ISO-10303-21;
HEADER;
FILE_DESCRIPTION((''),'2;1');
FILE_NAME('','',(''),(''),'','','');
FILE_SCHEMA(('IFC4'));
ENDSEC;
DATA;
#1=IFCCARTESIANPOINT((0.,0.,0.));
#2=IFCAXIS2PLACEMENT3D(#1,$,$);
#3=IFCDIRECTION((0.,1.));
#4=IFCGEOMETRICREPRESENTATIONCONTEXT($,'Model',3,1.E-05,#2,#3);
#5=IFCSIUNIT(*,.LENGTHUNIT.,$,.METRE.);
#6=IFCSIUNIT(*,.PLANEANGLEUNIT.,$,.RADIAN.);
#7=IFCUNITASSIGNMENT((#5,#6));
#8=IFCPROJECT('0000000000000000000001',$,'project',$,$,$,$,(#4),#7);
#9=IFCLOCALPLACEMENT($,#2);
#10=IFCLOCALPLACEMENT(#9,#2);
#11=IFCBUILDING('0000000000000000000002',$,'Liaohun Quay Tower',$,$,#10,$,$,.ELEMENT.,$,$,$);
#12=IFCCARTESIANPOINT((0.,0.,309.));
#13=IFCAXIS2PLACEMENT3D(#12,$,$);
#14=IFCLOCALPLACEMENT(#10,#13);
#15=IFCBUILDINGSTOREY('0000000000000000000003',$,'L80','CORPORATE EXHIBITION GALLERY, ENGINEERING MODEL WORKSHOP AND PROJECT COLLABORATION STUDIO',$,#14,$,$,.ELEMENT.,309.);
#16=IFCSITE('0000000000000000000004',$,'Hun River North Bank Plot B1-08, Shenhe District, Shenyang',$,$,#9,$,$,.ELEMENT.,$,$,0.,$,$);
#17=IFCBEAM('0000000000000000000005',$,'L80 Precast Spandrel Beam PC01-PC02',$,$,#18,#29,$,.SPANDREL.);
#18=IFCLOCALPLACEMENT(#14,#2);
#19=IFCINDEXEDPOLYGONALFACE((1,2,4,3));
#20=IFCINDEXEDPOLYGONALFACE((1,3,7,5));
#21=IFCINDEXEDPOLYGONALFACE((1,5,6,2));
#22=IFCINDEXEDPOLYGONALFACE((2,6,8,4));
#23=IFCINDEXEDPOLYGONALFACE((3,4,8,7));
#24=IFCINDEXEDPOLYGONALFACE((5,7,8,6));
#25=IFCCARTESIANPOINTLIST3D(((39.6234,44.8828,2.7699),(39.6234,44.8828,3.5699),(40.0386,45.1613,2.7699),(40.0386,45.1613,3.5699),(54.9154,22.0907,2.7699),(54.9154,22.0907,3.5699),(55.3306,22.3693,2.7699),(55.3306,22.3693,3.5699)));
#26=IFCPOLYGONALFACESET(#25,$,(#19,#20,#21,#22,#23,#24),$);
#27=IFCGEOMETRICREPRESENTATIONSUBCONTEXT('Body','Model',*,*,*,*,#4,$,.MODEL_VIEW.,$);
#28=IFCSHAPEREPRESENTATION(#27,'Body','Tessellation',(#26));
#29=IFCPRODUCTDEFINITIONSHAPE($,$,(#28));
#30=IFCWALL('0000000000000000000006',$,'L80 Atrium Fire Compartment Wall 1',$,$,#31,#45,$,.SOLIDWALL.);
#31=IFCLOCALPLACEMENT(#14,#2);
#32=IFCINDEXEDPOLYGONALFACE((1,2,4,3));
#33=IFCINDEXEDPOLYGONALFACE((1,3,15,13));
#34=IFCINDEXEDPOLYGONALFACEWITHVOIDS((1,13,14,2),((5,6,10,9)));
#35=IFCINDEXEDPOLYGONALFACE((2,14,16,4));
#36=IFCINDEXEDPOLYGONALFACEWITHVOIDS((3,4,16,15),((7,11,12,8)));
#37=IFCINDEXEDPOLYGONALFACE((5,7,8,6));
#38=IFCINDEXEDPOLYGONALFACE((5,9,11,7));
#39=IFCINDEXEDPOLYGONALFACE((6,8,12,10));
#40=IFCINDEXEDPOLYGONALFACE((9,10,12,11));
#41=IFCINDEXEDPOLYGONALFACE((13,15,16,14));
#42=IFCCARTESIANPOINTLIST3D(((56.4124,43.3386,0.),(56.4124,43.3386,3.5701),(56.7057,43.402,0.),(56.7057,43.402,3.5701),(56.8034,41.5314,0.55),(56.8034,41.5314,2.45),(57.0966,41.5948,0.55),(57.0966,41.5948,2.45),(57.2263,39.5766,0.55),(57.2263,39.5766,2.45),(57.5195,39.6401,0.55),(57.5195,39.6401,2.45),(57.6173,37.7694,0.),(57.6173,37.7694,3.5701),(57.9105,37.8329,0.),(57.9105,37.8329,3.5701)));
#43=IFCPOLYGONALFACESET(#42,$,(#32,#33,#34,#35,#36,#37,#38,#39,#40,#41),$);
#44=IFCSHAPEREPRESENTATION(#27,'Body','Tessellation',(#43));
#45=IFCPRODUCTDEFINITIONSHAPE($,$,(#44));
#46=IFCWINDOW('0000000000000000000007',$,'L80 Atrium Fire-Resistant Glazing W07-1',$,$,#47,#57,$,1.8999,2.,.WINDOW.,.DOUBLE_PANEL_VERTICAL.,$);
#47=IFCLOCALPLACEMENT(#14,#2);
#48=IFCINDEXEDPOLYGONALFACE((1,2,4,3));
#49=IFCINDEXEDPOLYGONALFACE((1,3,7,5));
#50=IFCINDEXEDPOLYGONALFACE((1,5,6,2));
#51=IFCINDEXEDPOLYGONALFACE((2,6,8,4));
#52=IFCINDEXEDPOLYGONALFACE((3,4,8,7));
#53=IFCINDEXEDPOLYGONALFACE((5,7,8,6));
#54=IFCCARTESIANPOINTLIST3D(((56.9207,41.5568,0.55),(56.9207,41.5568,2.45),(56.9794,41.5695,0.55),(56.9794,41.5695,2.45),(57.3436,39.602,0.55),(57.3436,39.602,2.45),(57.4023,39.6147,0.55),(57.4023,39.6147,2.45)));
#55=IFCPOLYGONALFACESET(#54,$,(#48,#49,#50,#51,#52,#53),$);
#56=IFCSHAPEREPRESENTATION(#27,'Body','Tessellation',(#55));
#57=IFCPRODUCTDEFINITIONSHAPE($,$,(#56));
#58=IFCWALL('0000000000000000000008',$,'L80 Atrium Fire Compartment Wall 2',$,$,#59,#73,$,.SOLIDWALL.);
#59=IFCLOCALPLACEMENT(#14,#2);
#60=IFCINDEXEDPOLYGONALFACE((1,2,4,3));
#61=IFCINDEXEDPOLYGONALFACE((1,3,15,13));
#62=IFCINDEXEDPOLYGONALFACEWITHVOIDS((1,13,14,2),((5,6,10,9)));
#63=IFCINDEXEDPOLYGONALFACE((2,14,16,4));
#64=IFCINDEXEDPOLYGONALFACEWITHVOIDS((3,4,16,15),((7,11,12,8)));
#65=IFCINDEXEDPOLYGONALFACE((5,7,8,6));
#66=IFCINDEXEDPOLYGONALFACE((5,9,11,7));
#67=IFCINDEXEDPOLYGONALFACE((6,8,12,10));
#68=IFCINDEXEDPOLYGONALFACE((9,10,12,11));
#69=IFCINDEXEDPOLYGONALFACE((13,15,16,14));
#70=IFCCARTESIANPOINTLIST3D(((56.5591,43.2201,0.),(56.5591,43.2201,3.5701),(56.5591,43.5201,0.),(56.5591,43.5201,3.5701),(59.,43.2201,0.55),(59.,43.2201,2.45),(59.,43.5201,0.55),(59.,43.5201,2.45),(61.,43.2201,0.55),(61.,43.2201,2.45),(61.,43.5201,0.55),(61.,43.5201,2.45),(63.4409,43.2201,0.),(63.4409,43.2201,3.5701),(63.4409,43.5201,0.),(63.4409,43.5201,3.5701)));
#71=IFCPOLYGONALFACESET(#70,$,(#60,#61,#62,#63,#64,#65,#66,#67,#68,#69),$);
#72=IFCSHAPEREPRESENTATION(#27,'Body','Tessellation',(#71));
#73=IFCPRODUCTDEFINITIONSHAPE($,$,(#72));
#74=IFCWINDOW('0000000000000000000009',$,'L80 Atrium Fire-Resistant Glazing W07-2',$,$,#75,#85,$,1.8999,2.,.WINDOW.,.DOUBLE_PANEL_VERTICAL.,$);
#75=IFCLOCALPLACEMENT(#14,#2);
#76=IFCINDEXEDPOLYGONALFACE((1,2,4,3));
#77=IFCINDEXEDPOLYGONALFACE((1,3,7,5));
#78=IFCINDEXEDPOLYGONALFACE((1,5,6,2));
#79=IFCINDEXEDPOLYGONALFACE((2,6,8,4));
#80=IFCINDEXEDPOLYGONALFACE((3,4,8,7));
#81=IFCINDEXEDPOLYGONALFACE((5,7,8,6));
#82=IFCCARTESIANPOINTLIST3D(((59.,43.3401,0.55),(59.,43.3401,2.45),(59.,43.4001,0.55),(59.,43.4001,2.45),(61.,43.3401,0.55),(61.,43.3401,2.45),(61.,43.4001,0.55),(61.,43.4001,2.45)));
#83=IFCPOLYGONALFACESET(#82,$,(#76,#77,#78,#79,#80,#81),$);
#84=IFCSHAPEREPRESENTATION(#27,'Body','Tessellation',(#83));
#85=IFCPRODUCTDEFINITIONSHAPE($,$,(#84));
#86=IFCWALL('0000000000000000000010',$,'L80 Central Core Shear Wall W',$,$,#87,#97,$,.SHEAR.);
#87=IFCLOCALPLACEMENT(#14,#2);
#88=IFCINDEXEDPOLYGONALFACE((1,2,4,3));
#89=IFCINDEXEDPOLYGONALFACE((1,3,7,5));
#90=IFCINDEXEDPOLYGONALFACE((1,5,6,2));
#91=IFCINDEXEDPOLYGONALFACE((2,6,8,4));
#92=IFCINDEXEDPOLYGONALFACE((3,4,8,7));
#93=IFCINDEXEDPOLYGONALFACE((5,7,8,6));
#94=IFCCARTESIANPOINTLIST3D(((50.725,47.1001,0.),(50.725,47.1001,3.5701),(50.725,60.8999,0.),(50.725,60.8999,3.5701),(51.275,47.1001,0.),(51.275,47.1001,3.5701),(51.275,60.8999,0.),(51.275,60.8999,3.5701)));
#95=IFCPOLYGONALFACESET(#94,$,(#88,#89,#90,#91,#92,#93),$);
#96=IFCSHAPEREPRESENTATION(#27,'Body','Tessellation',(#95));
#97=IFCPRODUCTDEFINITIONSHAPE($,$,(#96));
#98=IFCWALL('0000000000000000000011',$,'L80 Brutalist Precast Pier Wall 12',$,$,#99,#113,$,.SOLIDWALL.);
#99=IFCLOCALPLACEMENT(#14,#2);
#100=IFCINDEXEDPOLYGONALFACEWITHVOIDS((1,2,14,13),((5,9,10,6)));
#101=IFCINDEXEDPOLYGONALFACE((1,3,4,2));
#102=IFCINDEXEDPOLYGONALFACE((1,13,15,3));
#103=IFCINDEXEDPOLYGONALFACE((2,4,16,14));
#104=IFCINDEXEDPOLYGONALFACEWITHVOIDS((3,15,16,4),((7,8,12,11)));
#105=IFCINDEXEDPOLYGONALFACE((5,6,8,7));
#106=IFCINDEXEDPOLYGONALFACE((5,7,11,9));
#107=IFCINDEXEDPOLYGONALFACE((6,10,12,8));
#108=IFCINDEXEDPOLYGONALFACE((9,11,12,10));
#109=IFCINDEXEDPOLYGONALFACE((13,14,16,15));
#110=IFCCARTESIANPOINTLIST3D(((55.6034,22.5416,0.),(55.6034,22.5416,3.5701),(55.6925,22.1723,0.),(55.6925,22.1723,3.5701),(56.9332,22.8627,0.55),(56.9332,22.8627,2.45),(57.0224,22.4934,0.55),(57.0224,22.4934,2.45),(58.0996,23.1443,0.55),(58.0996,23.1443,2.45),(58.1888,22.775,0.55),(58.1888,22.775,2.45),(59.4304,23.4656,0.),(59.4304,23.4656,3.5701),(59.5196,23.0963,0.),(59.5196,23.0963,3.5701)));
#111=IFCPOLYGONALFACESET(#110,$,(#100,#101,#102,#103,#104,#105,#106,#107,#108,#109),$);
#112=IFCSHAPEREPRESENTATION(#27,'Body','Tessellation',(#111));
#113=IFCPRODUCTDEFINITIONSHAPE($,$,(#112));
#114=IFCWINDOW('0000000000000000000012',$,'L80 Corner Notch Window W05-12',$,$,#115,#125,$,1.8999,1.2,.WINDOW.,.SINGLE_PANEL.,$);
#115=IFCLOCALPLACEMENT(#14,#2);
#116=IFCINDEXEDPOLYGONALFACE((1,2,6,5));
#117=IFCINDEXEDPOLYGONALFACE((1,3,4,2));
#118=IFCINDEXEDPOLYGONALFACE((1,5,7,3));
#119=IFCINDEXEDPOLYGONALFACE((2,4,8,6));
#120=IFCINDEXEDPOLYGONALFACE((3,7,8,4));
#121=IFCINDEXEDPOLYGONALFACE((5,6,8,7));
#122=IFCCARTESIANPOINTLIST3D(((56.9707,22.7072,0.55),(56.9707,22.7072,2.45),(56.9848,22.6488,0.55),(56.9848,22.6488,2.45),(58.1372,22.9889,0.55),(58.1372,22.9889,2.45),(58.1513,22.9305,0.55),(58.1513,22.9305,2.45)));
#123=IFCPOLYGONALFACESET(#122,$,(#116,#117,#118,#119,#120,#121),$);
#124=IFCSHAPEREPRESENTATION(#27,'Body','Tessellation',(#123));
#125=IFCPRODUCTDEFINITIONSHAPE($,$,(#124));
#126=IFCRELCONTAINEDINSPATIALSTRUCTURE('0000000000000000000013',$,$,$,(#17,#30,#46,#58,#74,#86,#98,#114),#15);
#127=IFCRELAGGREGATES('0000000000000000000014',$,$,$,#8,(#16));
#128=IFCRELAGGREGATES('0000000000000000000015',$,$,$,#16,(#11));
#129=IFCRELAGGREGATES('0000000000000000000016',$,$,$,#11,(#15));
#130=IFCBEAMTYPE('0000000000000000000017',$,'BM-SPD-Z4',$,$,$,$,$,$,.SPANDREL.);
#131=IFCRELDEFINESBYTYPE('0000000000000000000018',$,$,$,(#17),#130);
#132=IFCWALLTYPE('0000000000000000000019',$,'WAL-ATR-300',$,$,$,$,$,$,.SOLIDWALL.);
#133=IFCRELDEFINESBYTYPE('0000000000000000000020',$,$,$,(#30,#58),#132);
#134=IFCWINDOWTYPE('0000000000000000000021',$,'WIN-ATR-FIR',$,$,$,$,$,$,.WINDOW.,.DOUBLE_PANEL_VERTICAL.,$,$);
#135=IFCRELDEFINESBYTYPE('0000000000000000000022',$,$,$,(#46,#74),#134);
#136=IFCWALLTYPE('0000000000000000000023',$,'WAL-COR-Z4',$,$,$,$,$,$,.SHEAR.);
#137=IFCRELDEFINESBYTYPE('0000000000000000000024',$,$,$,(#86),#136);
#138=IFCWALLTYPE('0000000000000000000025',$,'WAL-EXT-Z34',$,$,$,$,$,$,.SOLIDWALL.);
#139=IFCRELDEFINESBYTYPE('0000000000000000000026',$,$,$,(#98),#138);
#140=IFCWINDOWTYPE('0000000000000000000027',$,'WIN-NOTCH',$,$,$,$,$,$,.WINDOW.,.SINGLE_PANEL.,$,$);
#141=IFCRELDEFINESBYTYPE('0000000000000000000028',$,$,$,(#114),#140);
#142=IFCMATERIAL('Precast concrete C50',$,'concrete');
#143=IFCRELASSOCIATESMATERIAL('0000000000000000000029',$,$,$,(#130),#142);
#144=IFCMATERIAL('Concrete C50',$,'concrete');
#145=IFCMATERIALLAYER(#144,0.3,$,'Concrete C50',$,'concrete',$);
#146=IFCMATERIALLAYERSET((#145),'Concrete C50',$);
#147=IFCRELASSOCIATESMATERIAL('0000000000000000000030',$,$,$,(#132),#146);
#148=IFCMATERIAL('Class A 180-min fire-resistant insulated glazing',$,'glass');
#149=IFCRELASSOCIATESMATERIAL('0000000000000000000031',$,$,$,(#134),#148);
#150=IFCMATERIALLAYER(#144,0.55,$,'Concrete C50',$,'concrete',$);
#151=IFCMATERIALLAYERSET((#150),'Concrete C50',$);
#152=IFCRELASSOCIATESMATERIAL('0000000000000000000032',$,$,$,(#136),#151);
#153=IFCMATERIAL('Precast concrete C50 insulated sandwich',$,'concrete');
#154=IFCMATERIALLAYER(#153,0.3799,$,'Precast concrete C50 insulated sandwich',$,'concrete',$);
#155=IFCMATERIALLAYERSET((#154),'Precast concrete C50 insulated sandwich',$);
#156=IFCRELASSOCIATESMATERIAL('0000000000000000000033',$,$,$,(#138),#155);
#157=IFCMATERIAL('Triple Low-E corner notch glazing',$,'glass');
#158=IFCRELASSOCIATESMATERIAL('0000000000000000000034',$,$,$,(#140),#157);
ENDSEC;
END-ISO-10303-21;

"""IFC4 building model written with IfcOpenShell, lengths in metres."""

from ifc_helpers import new_model, si_unit, direction, frame, frame_2d, origin, origin_2d, place, context, subcontext, project, spatial, rectangle, extrude, source, transform, mapped, material, layer, layer_set, material_profile, profile_set, type_object, element, fill, save


model = new_model("IFC4")

# Units and contexts
model_context = context("Model", 3, precision=1e-05, world=origin(), true_north=direction((0.0, 1.0)))
body_context = subcontext(model_context, "Body", "Model", "MODEL_VIEW")
ifc_project = project(units=[si_unit("LENGTHUNIT", "METRE"), si_unit("PLANEANGLEUNIT", "RADIAN")], contexts=[model_context])

# Site, building, storey
site_placement = place(None, origin())
site = spatial("IfcSite", under=ifc_project, at=site_placement, Name="Hun River North Bank Plot B1-08, Shenhe District, Shenyang", CompositionType="ELEMENT", RefElevation=0.0)
building_placement = place(site_placement, origin())
building = spatial("IfcBuilding", under=site, at=building_placement, Name="Liaohun Quay Tower", CompositionType="ELEMENT")
storey_placement = place(building_placement, frame((0.0, 0.0, 309.0)))
storey = spatial("IfcBuildingStorey", under=building, at=storey_placement, Name="L80", Description="CORPORATE EXHIBITION GALLERY, ENGINEERING MODEL WORKSHOP AND PROJECT COLLABORATION STUDIO", CompositionType="ELEMENT", Elevation=309.0)

# Shared definitions
ifc_material_1 = material(Name="Concrete C50", Category="concrete")

# Beam
ifc_material_2 = material(Name="Precast concrete C50", Category="concrete")
ifc_material_profile_1 = material_profile(ifc_material_2, rectangle(XDim=0.5, YDim=0.8, at=origin_2d()), Name="RC500x800")
ifc_profile_set_1 = profile_set([ifc_material_profile_1], Name="Precast concrete C50")
beam_type_1 = type_object("IfcBeamType", Name="BM-SPD-Z4", PredefinedType="SPANDREL", material=ifc_profile_set_1)
shared_shape_1 = source(origin(), body_context, "Body", "SweptSolid", [
    extrude(rectangle(XDim=0.5, YDim=0.8, at=origin_2d()), origin(), (0.0, 0.0, 1.0), 27.4468),
])
beam_1_placement = place(storey_placement, frame((55.123, 22.23, 3.1699), z_axis=(-0.557153, 0.83041, 0.0), x_axis=(-0.83041, -0.557153, 0.0)))
element("IfcBeam", 1, at=beam_1_placement, inside=storey, type_object=beam_type_1, Name="L80 Precast Spandrel Beam PC01-PC02", PredefinedType="SPANDREL", context=body_context, shape_type="MappedRepresentation", body=[
    mapped(shared_shape_1, transform((0.0, 0.0, 0.0), x_axis=(1.0, 0.0, 0.0), y_axis=(0.0, 1.0, 0.0), z_axis=(0.0, 0.0, 1.0), scale=1.0)),
])

# Walls, openings, windows
ifc_layer_1 = layer(ifc_material_1, 0.3, Name="Concrete C50", Category="concrete")
ifc_layer_set_1 = layer_set([ifc_layer_1], Name="Concrete C50")
wall_type_1 = type_object("IfcWallType", Name="WAL-ATR-300", PredefinedType="SOLIDWALL", material=ifc_layer_set_1)
wall_1_placement = place(storey_placement, frame((57.7639, 37.801, 0.0), z_axis=(0.0, 0.0, 1.0), x_axis=(-0.211451, 0.977389, 0.0)))
wall_1 = element("IfcWall", 2, at=wall_1_placement, inside=storey, type_object=wall_type_1, Name="L80 Atrium Fire Compartment Wall 1", PredefinedType="SOLIDWALL", context=body_context, shape_type="SweptSolid", body=[
    extrude(rectangle(XDim=5.698, YDim=0.3, at=frame_2d((2.8491, 0.0))), origin(), (0.0, 0.0, 1.0), 3.5701),
])
shared_shape_2 = source(origin(), body_context, "Body", "SweptSolid", [
    extrude(rectangle(XDim=2.0, YDim=1.8999, at=frame_2d((1.0, 0.95))), frame((0.0, 0.1599, 0.0), z_axis=(0.0, -1.0, 0.0), x_axis=(1.0, 0.0, 0.0)), (0.0, 0.0, 1.0), 0.3201),
])
opening_1_placement = place(wall_1_placement, frame((1.8491, 0.0, 0.55)))
opening_1 = element("IfcOpeningElement", 3, at=opening_1_placement, cuts=wall_1, PredefinedType="OPENING", context=body_context, shape_type="MappedRepresentation", body=[
    mapped(shared_shape_2, transform((0.0, 0.0, 0.0), x_axis=(1.0, 0.0, 0.0), y_axis=(0.0, 1.0, 0.0), z_axis=(0.0, 0.0, 1.0), scale=1.0)),
])
ifc_material_3 = material(Name="Class A 180-min fire-resistant insulated glazing", Category="glass")
window_type_1 = type_object("IfcWindowType", Name="WIN-ATR-FIR", PartitioningType="DOUBLE_PANEL_VERTICAL", PredefinedType="WINDOW", material=ifc_material_3)
shared_shape_3 = source(origin(), body_context, "Body", "SweptSolid", [
    extrude(rectangle(XDim=2.0, YDim=1.8999, at=frame_2d((1.0, 0.95))), frame((0.0, 0.03, 0.0), z_axis=(0.0, -1.0, 0.0), x_axis=(1.0, 0.0, 0.0)), (0.0, 0.0, 1.0), 0.0601),
])
window_1_placement = place(opening_1_placement, origin())
window_1 = element("IfcWindow", 4, at=window_1_placement, inside=storey, type_object=window_type_1, Name="L80 Atrium Fire-Resistant Glazing W07-1", OverallHeight=1.8999, OverallWidth=2.0, PartitioningType="DOUBLE_PANEL_VERTICAL", PredefinedType="WINDOW", context=body_context, shape_type="MappedRepresentation", body=[
    mapped(shared_shape_3, transform((0.0, 0.0, 0.0), x_axis=(1.0, 0.0, 0.0), y_axis=(0.0, 1.0, 0.0), z_axis=(0.0, 0.0, 1.0), scale=1.0)),
])
fill(opening_1, window_1)
wall_2_placement = place(storey_placement, frame((56.5591, 43.3701, 0.0), z_axis=(0.0, 0.0, 1.0), x_axis=(1.0, 0.0, 0.0)))
wall_2 = element("IfcWall", 5, at=wall_2_placement, inside=storey, type_object=wall_type_1, Name="L80 Atrium Fire Compartment Wall 2", PredefinedType="SOLIDWALL", context=body_context, shape_type="SweptSolid", body=[
    extrude(rectangle(XDim=6.8818, YDim=0.3, at=frame_2d((3.4409, 0.0))), origin(), (0.0, 0.0, 1.0), 3.5701),
])
opening_2_placement = place(wall_2_placement, frame((2.4409, 0.0, 0.55)))
opening_2 = element("IfcOpeningElement", 6, at=opening_2_placement, cuts=wall_2, PredefinedType="OPENING", context=body_context, shape_type="MappedRepresentation", body=[
    mapped(shared_shape_2, transform((0.0, 0.0, 0.0), x_axis=(1.0, 0.0, 0.0), y_axis=(0.0, 1.0, 0.0), z_axis=(0.0, 0.0, 1.0), scale=1.0)),
])
window_2_placement = place(opening_2_placement, origin())
window_2 = element("IfcWindow", 7, at=window_2_placement, inside=storey, type_object=window_type_1, Name="L80 Atrium Fire-Resistant Glazing W07-2", OverallHeight=1.8999, OverallWidth=2.0, PartitioningType="DOUBLE_PANEL_VERTICAL", PredefinedType="WINDOW", context=body_context, shape_type="MappedRepresentation", body=[
    mapped(shared_shape_3, transform((0.0, 0.0, 0.0), x_axis=(1.0, 0.0, 0.0), y_axis=(0.0, 1.0, 0.0), z_axis=(0.0, 0.0, 1.0), scale=1.0)),
])
fill(opening_2, window_2)

# Wall
ifc_layer_2 = layer(ifc_material_1, 0.55, Name="Concrete C50", Category="concrete")
ifc_layer_set_2 = layer_set([ifc_layer_2], Name="Concrete C50")
wall_type_2 = type_object("IfcWallType", Name="WAL-COR-Z4", PredefinedType="SHEAR", material=ifc_layer_set_2)
wall_3_placement = place(storey_placement, frame((51.0, 47.1001, 0.0), z_axis=(0.0, 0.0, 1.0), x_axis=(0.0, 1.0, 0.0)))
element("IfcWall", 8, at=wall_3_placement, inside=storey, type_object=wall_type_2, Name="L80 Central Core Shear Wall W", PredefinedType="SHEAR", context=body_context, shape_type="SweptSolid", body=[
    extrude(rectangle(XDim=13.7998, YDim=0.55, at=frame_2d((6.8999, 0.0))), origin(), (0.0, 0.0, 1.0), 3.5701),
])

# Wall, opening, window
ifc_material_4 = material(Name="Precast concrete C50 insulated sandwich", Category="concrete")
ifc_layer_3 = layer(ifc_material_4, 0.3799, Name="Precast concrete C50 insulated sandwich", Category="concrete")
ifc_layer_set_3 = layer_set([ifc_layer_3], Name="Precast concrete C50 insulated sandwich")
wall_type_3 = type_object("IfcWallType", Name="WAL-EXT-Z34", PredefinedType="SOLIDWALL", material=ifc_layer_set_3)
wall_4_placement = place(storey_placement, frame((55.6479, 22.3569, 0.0), z_axis=(0.0, 0.0, 1.0), x_axis=(0.972066, 0.234707, 0.0)))
wall_4 = element("IfcWall", 9, at=wall_4_placement, inside=storey, type_object=wall_type_3, Name="L80 Brutalist Precast Pier Wall 12", PredefinedType="SOLIDWALL", context=body_context, shape_type="SweptSolid", body=[
    extrude(rectangle(XDim=3.937, YDim=0.3799, at=frame_2d((1.9685, 0.0))), origin(), (0.0, 0.0, 1.0), 3.5701),
])
shared_shape_4 = source(origin(), body_context, "Body", "SweptSolid", [
    extrude(rectangle(XDim=1.2, YDim=1.8999, at=frame_2d((0.6001, 0.95))), frame((0.0, 0.2, 0.0), z_axis=(0.0, -1.0, 0.0), x_axis=(1.0, 0.0, 0.0)), (0.0, 0.0, 1.0), 0.3999),
])
opening_3_placement = place(wall_4_placement, frame((1.3679, 0.0, 0.55)))
opening_3 = element("IfcOpeningElement", 10, at=opening_3_placement, cuts=wall_4, PredefinedType="OPENING", context=body_context, shape_type="MappedRepresentation", body=[
    mapped(shared_shape_4, transform((0.0, 0.0, 0.0), x_axis=(1.0, 0.0, 0.0), y_axis=(0.0, 1.0, 0.0), z_axis=(0.0, 0.0, 1.0), scale=1.0)),
])
ifc_material_5 = material(Name="Triple Low-E corner notch glazing", Category="glass")
window_type_2 = type_object("IfcWindowType", Name="WIN-NOTCH", PartitioningType="SINGLE_PANEL", PredefinedType="WINDOW", material=ifc_material_5)
shared_shape_5 = source(origin(), body_context, "Body", "SweptSolid", [
    extrude(rectangle(XDim=1.2, YDim=1.8999, at=frame_2d((0.6001, 0.95))), frame((0.0, 0.03, 0.0), z_axis=(0.0, -1.0, 0.0), x_axis=(1.0, 0.0, 0.0)), (0.0, 0.0, 1.0), 0.0601),
])
window_3_placement = place(opening_3_placement, origin())
window_3 = element("IfcWindow", 11, at=window_3_placement, inside=storey, type_object=window_type_2, Name="L80 Corner Notch Window W05-12", OverallHeight=1.8999, OverallWidth=1.2, PartitioningType="SINGLE_PANEL", PredefinedType="WINDOW", context=body_context, shape_type="MappedRepresentation", body=[
    mapped(shared_shape_5, transform((0.0, 0.0, 0.0), x_axis=(1.0, 0.0, 0.0), y_axis=(0.0, 1.0, 0.0), z_axis=(0.0, 0.0, 1.0), scale=1.0)),
])
fill(opening_3, window_3)

save(model, "model.ifc")
